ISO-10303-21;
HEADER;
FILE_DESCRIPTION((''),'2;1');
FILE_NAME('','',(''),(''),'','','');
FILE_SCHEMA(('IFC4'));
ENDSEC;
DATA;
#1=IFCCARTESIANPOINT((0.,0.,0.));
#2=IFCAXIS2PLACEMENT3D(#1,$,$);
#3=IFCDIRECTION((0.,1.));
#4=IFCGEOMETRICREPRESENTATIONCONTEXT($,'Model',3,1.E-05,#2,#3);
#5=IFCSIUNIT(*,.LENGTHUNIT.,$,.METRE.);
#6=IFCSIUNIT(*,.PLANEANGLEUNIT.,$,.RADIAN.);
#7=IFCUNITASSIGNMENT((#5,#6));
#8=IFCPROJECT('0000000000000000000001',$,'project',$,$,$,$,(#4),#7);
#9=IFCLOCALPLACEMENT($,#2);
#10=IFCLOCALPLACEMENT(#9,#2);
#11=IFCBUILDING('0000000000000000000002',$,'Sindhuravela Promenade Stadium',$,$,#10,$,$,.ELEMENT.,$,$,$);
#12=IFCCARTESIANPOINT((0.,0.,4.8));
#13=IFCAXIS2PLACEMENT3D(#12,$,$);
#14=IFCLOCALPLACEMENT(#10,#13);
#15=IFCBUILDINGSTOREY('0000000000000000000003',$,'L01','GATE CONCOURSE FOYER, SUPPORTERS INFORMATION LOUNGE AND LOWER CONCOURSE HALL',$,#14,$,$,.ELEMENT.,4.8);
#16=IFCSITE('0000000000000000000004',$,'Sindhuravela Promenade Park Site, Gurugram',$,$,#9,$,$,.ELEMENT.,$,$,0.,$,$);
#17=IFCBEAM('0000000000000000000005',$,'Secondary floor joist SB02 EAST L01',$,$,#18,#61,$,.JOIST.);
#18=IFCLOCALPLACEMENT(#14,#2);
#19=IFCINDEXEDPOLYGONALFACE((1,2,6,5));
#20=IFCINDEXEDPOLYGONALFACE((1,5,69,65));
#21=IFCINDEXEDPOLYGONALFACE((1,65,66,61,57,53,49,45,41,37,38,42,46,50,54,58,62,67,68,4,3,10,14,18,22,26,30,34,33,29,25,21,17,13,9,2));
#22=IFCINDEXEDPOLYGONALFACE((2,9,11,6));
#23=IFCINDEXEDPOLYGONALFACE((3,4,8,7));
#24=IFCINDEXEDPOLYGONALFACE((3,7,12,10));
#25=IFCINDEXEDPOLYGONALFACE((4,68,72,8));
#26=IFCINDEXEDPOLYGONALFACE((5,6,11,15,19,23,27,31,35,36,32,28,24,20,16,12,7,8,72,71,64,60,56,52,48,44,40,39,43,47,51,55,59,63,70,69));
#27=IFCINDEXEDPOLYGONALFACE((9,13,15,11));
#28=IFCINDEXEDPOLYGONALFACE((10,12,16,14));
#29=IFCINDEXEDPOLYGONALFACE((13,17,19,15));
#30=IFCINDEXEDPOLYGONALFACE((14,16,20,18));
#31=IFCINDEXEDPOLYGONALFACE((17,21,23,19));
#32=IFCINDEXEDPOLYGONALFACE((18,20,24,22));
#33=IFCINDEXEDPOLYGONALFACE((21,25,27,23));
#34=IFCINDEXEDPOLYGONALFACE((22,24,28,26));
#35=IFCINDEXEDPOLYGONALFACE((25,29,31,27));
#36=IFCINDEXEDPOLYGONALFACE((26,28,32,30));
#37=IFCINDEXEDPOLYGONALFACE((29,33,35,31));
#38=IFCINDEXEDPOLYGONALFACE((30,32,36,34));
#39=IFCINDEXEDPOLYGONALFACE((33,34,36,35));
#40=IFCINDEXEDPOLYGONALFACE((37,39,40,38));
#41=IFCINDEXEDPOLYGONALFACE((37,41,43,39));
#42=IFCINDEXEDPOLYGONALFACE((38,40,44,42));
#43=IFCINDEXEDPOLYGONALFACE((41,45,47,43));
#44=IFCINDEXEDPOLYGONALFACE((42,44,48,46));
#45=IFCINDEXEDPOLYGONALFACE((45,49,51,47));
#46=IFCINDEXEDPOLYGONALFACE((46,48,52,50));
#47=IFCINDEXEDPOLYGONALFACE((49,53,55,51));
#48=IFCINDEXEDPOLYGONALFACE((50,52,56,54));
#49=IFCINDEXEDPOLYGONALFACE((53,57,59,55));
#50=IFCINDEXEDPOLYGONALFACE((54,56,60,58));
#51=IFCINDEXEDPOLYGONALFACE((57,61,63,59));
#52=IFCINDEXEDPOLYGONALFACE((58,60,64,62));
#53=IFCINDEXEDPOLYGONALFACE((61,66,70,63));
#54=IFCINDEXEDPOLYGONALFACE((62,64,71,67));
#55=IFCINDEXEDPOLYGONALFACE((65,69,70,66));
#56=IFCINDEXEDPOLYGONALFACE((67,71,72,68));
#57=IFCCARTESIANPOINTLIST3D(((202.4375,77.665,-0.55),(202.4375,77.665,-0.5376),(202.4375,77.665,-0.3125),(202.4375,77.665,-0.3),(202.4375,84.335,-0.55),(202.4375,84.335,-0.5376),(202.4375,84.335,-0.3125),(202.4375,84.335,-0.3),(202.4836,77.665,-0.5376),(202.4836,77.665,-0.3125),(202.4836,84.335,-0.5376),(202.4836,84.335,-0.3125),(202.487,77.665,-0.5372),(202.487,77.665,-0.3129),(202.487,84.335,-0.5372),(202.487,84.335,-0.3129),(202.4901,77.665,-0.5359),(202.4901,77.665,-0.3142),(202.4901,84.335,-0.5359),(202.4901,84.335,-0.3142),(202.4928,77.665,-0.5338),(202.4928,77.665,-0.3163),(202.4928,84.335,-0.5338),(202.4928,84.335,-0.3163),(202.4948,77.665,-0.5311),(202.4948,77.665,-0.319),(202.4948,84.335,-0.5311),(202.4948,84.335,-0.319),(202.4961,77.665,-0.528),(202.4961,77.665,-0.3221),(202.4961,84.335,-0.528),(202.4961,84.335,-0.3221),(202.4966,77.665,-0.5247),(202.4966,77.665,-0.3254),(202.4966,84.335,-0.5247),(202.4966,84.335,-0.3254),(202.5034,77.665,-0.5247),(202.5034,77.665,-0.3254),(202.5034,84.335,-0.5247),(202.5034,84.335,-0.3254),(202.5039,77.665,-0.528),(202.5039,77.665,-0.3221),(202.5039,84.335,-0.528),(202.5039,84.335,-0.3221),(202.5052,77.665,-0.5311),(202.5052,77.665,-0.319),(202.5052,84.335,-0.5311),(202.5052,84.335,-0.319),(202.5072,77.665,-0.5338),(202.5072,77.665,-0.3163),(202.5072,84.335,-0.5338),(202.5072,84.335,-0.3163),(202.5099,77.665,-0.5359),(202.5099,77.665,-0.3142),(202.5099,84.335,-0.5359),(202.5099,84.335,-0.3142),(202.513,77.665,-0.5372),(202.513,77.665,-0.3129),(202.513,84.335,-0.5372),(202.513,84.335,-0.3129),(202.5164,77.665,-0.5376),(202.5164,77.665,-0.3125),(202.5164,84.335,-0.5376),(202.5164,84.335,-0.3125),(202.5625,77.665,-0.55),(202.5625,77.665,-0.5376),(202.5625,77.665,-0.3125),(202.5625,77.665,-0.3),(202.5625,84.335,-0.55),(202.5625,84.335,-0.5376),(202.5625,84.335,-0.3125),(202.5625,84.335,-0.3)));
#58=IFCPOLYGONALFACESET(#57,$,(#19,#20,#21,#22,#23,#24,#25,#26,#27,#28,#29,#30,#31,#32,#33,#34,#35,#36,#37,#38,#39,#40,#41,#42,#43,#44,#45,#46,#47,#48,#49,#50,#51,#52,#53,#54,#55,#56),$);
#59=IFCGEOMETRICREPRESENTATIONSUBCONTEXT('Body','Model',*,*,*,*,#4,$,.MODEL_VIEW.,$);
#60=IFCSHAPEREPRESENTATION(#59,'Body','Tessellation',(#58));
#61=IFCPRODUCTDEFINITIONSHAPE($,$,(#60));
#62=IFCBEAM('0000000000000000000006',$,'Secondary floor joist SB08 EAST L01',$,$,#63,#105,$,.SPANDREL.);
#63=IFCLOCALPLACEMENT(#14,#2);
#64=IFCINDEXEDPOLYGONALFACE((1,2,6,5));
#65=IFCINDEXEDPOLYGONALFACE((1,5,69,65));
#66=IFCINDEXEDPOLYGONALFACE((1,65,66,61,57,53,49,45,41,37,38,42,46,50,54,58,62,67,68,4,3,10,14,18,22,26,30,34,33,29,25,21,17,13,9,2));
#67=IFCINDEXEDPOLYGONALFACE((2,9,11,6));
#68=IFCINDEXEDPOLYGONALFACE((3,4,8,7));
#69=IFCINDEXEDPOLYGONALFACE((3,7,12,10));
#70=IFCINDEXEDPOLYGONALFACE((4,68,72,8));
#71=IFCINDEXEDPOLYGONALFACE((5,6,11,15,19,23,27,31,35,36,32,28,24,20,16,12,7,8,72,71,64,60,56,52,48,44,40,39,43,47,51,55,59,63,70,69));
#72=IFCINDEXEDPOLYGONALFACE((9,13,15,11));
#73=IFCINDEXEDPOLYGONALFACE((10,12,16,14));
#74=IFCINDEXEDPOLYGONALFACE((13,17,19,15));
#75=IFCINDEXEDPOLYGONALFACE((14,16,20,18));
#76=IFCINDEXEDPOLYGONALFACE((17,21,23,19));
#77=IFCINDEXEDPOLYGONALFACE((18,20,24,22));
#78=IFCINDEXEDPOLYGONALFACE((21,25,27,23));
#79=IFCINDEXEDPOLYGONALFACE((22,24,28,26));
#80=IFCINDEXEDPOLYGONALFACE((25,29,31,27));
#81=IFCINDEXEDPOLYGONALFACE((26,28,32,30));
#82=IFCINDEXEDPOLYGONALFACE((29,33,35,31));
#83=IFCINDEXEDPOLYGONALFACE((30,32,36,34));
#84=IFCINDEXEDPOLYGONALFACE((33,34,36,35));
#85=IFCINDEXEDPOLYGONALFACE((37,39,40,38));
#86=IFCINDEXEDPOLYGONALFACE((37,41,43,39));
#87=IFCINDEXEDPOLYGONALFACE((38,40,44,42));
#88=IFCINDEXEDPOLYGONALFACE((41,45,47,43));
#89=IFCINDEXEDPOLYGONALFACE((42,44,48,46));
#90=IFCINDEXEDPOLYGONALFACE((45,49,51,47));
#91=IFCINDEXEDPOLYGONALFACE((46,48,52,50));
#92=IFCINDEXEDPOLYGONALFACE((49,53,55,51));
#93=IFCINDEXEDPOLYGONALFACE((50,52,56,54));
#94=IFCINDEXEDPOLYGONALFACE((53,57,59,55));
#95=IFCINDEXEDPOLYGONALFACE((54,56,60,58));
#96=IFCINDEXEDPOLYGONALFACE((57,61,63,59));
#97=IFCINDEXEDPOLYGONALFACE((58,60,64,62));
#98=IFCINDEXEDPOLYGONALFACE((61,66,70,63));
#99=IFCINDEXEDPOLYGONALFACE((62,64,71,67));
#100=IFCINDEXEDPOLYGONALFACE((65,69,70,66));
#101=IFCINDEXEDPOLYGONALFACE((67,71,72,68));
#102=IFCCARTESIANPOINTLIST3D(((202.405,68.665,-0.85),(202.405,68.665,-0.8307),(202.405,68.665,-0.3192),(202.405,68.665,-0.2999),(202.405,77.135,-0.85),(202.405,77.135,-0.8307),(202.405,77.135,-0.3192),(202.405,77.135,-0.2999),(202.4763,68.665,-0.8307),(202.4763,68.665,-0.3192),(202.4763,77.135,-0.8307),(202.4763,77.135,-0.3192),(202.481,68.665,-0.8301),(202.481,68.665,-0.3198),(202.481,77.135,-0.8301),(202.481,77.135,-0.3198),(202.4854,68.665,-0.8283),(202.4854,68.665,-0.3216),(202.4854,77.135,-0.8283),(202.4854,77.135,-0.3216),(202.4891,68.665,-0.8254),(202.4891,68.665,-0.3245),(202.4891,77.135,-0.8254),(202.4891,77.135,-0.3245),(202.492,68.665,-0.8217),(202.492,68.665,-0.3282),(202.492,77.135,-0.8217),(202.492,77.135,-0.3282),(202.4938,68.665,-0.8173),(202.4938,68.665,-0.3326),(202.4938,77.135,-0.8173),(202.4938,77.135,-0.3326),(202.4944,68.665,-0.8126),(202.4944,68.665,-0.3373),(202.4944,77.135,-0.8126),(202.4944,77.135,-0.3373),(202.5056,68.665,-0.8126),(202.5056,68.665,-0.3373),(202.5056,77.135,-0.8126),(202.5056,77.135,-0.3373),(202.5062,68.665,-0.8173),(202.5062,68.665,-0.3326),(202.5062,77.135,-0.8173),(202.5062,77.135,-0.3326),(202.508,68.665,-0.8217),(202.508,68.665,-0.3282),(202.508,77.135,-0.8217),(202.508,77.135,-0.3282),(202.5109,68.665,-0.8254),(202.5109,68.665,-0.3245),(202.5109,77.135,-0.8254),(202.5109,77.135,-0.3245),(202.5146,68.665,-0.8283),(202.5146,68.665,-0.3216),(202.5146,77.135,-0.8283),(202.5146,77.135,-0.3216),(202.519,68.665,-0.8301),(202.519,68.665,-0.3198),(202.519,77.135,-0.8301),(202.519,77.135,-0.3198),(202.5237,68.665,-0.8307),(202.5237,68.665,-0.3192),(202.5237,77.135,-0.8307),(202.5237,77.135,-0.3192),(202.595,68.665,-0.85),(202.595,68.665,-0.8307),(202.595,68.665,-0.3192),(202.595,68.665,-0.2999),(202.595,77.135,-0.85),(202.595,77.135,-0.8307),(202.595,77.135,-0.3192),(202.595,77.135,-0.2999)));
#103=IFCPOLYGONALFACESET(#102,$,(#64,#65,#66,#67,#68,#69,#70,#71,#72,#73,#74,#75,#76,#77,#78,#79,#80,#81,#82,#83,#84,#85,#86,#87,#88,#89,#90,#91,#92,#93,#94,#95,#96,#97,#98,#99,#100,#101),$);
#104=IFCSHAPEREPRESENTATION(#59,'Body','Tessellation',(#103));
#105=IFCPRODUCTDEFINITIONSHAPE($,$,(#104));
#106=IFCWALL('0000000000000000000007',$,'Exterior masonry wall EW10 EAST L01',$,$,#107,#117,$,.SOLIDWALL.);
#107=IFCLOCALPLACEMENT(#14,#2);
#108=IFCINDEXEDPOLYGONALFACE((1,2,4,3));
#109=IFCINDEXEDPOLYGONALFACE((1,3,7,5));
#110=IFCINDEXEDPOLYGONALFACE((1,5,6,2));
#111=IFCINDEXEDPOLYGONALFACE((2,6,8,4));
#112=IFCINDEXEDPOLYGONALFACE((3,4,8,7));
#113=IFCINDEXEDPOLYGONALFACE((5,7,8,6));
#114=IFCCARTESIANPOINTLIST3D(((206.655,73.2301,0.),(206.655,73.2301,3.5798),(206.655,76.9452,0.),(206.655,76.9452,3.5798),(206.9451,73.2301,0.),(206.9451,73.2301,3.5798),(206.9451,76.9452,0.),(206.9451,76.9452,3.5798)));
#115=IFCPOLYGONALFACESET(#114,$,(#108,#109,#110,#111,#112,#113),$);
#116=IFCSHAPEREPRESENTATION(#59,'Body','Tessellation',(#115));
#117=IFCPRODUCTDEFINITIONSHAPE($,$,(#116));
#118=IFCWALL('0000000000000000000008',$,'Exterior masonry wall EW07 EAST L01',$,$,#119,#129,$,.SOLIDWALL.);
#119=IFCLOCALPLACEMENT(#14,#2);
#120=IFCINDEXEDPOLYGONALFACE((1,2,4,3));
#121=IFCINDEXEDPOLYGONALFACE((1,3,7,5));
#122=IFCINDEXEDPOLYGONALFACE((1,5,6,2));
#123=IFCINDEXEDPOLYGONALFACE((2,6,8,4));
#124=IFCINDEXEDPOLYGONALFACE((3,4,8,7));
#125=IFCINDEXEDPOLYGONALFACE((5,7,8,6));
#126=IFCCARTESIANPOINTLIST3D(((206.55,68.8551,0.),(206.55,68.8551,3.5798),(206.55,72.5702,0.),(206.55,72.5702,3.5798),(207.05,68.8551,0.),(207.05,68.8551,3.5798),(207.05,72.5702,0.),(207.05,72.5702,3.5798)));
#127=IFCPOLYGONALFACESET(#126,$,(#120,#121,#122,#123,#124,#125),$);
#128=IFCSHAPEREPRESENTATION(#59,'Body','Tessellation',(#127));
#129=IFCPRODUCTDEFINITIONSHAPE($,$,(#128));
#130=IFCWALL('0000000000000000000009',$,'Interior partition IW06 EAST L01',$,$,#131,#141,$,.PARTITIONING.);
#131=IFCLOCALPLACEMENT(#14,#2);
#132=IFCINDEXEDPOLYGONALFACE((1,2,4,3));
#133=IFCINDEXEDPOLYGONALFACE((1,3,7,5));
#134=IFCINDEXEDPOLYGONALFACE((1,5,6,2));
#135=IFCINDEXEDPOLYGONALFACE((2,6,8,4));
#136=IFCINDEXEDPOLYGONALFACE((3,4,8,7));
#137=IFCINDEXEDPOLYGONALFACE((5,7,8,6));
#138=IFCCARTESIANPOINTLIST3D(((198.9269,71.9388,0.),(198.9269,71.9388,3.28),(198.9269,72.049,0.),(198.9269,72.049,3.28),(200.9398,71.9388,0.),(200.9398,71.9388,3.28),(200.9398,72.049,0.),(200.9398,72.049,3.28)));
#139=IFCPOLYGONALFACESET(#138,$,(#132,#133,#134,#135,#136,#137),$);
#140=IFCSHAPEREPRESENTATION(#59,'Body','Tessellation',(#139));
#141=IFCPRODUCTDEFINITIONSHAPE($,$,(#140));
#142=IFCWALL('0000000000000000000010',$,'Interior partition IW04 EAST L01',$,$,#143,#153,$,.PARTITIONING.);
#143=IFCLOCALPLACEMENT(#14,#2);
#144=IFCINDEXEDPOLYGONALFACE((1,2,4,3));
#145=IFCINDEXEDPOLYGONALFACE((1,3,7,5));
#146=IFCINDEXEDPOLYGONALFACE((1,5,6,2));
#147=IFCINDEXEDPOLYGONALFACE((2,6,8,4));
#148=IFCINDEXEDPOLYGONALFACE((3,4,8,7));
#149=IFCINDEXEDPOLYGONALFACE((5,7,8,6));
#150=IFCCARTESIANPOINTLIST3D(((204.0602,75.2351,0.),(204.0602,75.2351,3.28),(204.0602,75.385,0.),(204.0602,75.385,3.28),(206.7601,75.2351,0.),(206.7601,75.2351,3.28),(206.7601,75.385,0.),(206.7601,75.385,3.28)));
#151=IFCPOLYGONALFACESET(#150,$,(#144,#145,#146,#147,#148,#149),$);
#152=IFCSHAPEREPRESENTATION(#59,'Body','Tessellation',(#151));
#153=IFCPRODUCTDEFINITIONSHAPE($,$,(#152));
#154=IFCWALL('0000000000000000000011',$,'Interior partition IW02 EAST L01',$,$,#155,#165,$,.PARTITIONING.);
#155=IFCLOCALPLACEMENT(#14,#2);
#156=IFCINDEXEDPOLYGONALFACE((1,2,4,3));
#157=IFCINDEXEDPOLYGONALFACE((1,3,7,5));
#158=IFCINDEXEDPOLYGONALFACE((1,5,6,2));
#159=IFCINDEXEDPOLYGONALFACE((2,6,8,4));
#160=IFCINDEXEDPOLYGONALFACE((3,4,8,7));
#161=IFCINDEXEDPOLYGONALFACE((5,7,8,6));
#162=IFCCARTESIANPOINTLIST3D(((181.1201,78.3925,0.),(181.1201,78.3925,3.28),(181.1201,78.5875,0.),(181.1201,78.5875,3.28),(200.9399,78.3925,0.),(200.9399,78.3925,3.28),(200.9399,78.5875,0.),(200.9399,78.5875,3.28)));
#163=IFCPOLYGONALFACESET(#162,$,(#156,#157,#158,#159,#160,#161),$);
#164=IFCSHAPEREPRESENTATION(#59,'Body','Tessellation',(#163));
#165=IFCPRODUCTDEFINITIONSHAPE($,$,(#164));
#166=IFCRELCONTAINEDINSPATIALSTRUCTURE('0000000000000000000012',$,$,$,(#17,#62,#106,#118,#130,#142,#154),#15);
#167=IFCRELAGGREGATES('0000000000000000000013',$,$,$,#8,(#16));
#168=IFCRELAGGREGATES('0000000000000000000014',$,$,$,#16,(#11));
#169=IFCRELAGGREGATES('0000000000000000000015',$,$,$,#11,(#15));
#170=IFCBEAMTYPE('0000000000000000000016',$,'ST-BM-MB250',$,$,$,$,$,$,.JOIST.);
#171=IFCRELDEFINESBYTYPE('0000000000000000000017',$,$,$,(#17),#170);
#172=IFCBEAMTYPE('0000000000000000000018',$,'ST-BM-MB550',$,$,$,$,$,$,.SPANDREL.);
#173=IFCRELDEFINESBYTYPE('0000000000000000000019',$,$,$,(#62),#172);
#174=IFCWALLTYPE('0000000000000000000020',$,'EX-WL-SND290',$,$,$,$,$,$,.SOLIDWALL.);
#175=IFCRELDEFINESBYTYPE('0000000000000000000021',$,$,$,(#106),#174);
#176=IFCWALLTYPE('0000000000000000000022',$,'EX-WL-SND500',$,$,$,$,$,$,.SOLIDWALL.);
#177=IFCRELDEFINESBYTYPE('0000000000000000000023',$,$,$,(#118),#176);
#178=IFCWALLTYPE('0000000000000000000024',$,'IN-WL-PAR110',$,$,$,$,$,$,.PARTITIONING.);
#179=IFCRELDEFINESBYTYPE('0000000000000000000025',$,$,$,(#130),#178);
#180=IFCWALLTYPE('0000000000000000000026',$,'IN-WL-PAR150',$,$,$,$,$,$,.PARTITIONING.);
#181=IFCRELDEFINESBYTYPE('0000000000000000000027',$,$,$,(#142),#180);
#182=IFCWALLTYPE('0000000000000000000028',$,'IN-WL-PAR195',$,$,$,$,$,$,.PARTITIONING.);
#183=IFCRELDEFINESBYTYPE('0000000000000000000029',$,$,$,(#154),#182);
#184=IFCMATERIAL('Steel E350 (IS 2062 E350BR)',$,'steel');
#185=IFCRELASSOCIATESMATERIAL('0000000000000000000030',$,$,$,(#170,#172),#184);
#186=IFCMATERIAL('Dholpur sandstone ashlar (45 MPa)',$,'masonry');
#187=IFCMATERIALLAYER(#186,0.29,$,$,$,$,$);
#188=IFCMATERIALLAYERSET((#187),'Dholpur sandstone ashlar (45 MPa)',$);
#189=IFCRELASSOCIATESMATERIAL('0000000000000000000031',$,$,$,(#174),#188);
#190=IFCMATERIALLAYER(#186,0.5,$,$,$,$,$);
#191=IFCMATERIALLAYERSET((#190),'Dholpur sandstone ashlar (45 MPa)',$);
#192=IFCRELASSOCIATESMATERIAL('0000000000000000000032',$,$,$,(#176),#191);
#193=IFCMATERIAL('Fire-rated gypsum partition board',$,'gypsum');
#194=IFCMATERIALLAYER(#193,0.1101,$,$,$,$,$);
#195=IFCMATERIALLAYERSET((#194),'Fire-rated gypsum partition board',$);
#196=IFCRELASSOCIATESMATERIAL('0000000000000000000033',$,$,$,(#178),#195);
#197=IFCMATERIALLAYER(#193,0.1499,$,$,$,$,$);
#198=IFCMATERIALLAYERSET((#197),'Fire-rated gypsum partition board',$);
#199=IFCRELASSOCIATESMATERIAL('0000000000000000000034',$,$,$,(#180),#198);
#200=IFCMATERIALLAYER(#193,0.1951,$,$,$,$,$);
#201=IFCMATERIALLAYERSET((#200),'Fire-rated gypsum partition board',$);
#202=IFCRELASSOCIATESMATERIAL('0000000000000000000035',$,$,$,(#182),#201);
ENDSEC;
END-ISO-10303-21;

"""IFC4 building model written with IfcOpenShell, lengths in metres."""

from ifc_helpers import new_model, si_unit, direction, frame, frame_2d, origin, origin_2d, place, context, subcontext, project, spatial, rectangle, i_section, extrude, material, layer, layer_set, material_profile, profile_set, type_object, element, save


model = new_model("IFC4")

# Units and contexts
model_context = context("Model", 3, precision=1e-05, world=origin(), true_north=direction((0.0, 1.0)))
body_context = subcontext(model_context, "Body", "Model", "MODEL_VIEW")
ifc_project = project(units=[si_unit("LENGTHUNIT", "METRE"), si_unit("PLANEANGLEUNIT", "RADIAN")], contexts=[model_context])

# Site, building, storey
site_placement = place(None, origin())
site = spatial("IfcSite", under=ifc_project, at=site_placement, Name="Sindhuravela Promenade Park Site, Gurugram", CompositionType="ELEMENT", RefElevation=0.0)
building_placement = place(site_placement, origin())
building = spatial("IfcBuilding", under=site, at=building_placement, Name="Sindhuravela Promenade Stadium", CompositionType="ELEMENT")
storey_placement = place(building_placement, frame((0.0, 0.0, 4.8)))
storey = spatial("IfcBuildingStorey", under=building, at=storey_placement, Name="L01", Description="GATE CONCOURSE FOYER, SUPPORTERS INFORMATION LOUNGE AND LOWER CONCOURSE HALL", CompositionType="ELEMENT", Elevation=4.8)

# Beams
ifc_material_1 = material(Name="Steel E350 (IS 2062 E350BR)", Category="steel")
ifc_material_profile_1 = material_profile(ifc_material_1, i_section(OverallWidth=0.125, OverallDepth=0.25, WebThickness=0.0068, FlangeThickness=0.0125, FilletRadius=0.0129, at=origin_2d()), Name="ISMB 250")
ifc_profile_set_1 = profile_set([ifc_material_profile_1], Name="Steel E350 (IS 2062 E350BR)")
beam_type_1 = type_object("IfcBeamType", Name="ST-BM-MB250", PredefinedType="JOIST", material=ifc_profile_set_1)
beam_1_placement = place(storey_placement, frame((202.5, 77.665, -0.425), z_axis=(0.0, 1.0, 0.0), x_axis=(-1.0, 0.0, 0.0)))
element("IfcBeam", 1, at=beam_1_placement, inside=storey, type_object=beam_type_1, Name="Secondary floor joist SB02 EAST L01", PredefinedType="JOIST", context=body_context, shape_type="SweptSolid", body=[
    extrude(i_section(OverallWidth=0.125, OverallDepth=0.25, WebThickness=0.0068, FlangeThickness=0.0125, FilletRadius=0.0129, at=origin_2d()), origin(), (0.0, 0.0, 1.0), 6.6699),
])
ifc_material_profile_2 = material_profile(ifc_material_1, i_section(OverallWidth=0.1899, OverallDepth=0.55, WebThickness=0.0112, FlangeThickness=0.0193, FilletRadius=0.0181, at=origin_2d()), Name="ISMB 550")
ifc_profile_set_2 = profile_set([ifc_material_profile_2], Name="Steel E350 (IS 2062 E350BR)")
beam_type_2 = type_object("IfcBeamType", Name="ST-BM-MB550", PredefinedType="SPANDREL", material=ifc_profile_set_2)
beam_2_placement = place(storey_placement, frame((202.5, 68.665, -0.575), z_axis=(0.0, 1.0, 0.0), x_axis=(-1.0, 0.0, 0.0)))
element("IfcBeam", 2, at=beam_2_placement, inside=storey, type_object=beam_type_2, Name="Secondary floor joist SB08 EAST L01", PredefinedType="SPANDREL", context=body_context, shape_type="SweptSolid", body=[
    extrude(i_section(OverallWidth=0.1899, OverallDepth=0.55, WebThickness=0.0112, FlangeThickness=0.0193, FilletRadius=0.0181, at=origin_2d()), origin(), (0.0, 0.0, 1.0), 8.47),
])

# Walls
ifc_material_2 = material(Name="Dholpur sandstone ashlar (45 MPa)", Category="masonry")
ifc_layer_1 = layer(ifc_material_2, 0.29)
ifc_layer_set_1 = layer_set([ifc_layer_1], Name="Dholpur sandstone ashlar (45 MPa)")
wall_type_1 = type_object("IfcWallType", Name="EX-WL-SND290", PredefinedType="SOLIDWALL", material=ifc_layer_set_1)
wall_1_placement = place(storey_placement, frame((206.8, 76.9451, 0.0), z_axis=(0.0, 0.0, 1.0), x_axis=(0.0, -1.0, 0.0)))
element("IfcWall", 3, at=wall_1_placement, inside=storey, type_object=wall_type_1, Name="Exterior masonry wall EW10 EAST L01", PredefinedType="SOLIDWALL", context=body_context, shape_type="SweptSolid", body=[
    extrude(rectangle(XDim=3.7151, YDim=0.29, at=frame_2d((1.8574, 0.0))), origin(), (0.0, 0.0, 1.0), 3.5798),
])
ifc_layer_2 = layer(ifc_material_2, 0.5)
ifc_layer_set_2 = layer_set([ifc_layer_2], Name="Dholpur sandstone ashlar (45 MPa)")
wall_type_2 = type_object("IfcWallType", Name="EX-WL-SND500", PredefinedType="SOLIDWALL", material=ifc_layer_set_2)
wall_2_placement = place(storey_placement, frame((206.8, 72.5701, 0.0), z_axis=(0.0, 0.0, 1.0), x_axis=(0.0, -1.0, 0.0)))
element("IfcWall", 4, at=wall_2_placement, inside=storey, type_object=wall_type_2, Name="Exterior masonry wall EW07 EAST L01", PredefinedType="SOLIDWALL", context=body_context, shape_type="SweptSolid", body=[
    extrude(rectangle(XDim=3.7151, YDim=0.5, at=frame_2d((1.8574, 0.0))), origin(), (0.0, 0.0, 1.0), 3.5798),
])
ifc_material_3 = material(Name="Fire-rated gypsum partition board", Category="gypsum")
ifc_layer_3 = layer(ifc_material_3, 0.1101)
ifc_layer_set_3 = layer_set([ifc_layer_3], Name="Fire-rated gypsum partition board")
wall_type_3 = type_object("IfcWallType", Name="IN-WL-PAR110", PredefinedType="PARTITIONING", material=ifc_layer_set_3)
wall_3_placement = place(storey_placement, frame((198.927, 71.9939, 0.0), z_axis=(0.0, 0.0, 1.0), x_axis=(1.0, 0.0, 0.0)))
element("IfcWall", 5, at=wall_3_placement, inside=storey, type_object=wall_type_3, Name="Interior partition IW06 EAST L01", PredefinedType="PARTITIONING", context=body_context, shape_type="SweptSolid", body=[
    extrude(rectangle(XDim=2.0129, YDim=0.1101, at=frame_2d((1.0063, 0.0))), origin(), (0.0, 0.0, 1.0), 3.28),
])
ifc_layer_4 = layer(ifc_material_3, 0.1499)
ifc_layer_set_4 = layer_set([ifc_layer_4], Name="Fire-rated gypsum partition board")
wall_type_4 = type_object("IfcWallType", Name="IN-WL-PAR150", PredefinedType="PARTITIONING", material=ifc_layer_set_4)
wall_4_placement = place(storey_placement, frame((204.0601, 75.3101, 0.0), z_axis=(0.0, 0.0, 1.0), x_axis=(1.0, 0.0, 0.0)))
element("IfcWall", 6, at=wall_4_placement, inside=storey, type_object=wall_type_4, Name="Interior partition IW04 EAST L01", PredefinedType="PARTITIONING", context=body_context, shape_type="SweptSolid", body=[
    extrude(rectangle(XDim=2.7, YDim=0.1499, at=frame_2d((1.3501, 0.0))), origin(), (0.0, 0.0, 1.0), 3.28),
])
ifc_layer_5 = layer(ifc_material_3, 0.1951)
ifc_layer_set_5 = layer_set([ifc_layer_5], Name="Fire-rated gypsum partition board")
wall_type_5 = type_object("IfcWallType", Name="IN-WL-PAR195", PredefinedType="PARTITIONING", material=ifc_layer_set_5)
wall_5_placement = place(storey_placement, frame((200.9399, 78.49, 0.0), z_axis=(0.0, 0.0, 1.0), x_axis=(-1.0, 0.0, 0.0)))
element("IfcWall", 7, at=wall_5_placement, inside=storey, type_object=wall_type_5, Name="Interior partition IW02 EAST L01", PredefinedType="PARTITIONING", context=body_context, shape_type="SweptSolid", body=[
    extrude(rectangle(XDim=19.8198, YDim=0.1951, at=frame_2d((9.9099, 0.0))), origin(), (0.0, 0.0, 1.0), 3.28),
])

save(model, "model.ifc")
